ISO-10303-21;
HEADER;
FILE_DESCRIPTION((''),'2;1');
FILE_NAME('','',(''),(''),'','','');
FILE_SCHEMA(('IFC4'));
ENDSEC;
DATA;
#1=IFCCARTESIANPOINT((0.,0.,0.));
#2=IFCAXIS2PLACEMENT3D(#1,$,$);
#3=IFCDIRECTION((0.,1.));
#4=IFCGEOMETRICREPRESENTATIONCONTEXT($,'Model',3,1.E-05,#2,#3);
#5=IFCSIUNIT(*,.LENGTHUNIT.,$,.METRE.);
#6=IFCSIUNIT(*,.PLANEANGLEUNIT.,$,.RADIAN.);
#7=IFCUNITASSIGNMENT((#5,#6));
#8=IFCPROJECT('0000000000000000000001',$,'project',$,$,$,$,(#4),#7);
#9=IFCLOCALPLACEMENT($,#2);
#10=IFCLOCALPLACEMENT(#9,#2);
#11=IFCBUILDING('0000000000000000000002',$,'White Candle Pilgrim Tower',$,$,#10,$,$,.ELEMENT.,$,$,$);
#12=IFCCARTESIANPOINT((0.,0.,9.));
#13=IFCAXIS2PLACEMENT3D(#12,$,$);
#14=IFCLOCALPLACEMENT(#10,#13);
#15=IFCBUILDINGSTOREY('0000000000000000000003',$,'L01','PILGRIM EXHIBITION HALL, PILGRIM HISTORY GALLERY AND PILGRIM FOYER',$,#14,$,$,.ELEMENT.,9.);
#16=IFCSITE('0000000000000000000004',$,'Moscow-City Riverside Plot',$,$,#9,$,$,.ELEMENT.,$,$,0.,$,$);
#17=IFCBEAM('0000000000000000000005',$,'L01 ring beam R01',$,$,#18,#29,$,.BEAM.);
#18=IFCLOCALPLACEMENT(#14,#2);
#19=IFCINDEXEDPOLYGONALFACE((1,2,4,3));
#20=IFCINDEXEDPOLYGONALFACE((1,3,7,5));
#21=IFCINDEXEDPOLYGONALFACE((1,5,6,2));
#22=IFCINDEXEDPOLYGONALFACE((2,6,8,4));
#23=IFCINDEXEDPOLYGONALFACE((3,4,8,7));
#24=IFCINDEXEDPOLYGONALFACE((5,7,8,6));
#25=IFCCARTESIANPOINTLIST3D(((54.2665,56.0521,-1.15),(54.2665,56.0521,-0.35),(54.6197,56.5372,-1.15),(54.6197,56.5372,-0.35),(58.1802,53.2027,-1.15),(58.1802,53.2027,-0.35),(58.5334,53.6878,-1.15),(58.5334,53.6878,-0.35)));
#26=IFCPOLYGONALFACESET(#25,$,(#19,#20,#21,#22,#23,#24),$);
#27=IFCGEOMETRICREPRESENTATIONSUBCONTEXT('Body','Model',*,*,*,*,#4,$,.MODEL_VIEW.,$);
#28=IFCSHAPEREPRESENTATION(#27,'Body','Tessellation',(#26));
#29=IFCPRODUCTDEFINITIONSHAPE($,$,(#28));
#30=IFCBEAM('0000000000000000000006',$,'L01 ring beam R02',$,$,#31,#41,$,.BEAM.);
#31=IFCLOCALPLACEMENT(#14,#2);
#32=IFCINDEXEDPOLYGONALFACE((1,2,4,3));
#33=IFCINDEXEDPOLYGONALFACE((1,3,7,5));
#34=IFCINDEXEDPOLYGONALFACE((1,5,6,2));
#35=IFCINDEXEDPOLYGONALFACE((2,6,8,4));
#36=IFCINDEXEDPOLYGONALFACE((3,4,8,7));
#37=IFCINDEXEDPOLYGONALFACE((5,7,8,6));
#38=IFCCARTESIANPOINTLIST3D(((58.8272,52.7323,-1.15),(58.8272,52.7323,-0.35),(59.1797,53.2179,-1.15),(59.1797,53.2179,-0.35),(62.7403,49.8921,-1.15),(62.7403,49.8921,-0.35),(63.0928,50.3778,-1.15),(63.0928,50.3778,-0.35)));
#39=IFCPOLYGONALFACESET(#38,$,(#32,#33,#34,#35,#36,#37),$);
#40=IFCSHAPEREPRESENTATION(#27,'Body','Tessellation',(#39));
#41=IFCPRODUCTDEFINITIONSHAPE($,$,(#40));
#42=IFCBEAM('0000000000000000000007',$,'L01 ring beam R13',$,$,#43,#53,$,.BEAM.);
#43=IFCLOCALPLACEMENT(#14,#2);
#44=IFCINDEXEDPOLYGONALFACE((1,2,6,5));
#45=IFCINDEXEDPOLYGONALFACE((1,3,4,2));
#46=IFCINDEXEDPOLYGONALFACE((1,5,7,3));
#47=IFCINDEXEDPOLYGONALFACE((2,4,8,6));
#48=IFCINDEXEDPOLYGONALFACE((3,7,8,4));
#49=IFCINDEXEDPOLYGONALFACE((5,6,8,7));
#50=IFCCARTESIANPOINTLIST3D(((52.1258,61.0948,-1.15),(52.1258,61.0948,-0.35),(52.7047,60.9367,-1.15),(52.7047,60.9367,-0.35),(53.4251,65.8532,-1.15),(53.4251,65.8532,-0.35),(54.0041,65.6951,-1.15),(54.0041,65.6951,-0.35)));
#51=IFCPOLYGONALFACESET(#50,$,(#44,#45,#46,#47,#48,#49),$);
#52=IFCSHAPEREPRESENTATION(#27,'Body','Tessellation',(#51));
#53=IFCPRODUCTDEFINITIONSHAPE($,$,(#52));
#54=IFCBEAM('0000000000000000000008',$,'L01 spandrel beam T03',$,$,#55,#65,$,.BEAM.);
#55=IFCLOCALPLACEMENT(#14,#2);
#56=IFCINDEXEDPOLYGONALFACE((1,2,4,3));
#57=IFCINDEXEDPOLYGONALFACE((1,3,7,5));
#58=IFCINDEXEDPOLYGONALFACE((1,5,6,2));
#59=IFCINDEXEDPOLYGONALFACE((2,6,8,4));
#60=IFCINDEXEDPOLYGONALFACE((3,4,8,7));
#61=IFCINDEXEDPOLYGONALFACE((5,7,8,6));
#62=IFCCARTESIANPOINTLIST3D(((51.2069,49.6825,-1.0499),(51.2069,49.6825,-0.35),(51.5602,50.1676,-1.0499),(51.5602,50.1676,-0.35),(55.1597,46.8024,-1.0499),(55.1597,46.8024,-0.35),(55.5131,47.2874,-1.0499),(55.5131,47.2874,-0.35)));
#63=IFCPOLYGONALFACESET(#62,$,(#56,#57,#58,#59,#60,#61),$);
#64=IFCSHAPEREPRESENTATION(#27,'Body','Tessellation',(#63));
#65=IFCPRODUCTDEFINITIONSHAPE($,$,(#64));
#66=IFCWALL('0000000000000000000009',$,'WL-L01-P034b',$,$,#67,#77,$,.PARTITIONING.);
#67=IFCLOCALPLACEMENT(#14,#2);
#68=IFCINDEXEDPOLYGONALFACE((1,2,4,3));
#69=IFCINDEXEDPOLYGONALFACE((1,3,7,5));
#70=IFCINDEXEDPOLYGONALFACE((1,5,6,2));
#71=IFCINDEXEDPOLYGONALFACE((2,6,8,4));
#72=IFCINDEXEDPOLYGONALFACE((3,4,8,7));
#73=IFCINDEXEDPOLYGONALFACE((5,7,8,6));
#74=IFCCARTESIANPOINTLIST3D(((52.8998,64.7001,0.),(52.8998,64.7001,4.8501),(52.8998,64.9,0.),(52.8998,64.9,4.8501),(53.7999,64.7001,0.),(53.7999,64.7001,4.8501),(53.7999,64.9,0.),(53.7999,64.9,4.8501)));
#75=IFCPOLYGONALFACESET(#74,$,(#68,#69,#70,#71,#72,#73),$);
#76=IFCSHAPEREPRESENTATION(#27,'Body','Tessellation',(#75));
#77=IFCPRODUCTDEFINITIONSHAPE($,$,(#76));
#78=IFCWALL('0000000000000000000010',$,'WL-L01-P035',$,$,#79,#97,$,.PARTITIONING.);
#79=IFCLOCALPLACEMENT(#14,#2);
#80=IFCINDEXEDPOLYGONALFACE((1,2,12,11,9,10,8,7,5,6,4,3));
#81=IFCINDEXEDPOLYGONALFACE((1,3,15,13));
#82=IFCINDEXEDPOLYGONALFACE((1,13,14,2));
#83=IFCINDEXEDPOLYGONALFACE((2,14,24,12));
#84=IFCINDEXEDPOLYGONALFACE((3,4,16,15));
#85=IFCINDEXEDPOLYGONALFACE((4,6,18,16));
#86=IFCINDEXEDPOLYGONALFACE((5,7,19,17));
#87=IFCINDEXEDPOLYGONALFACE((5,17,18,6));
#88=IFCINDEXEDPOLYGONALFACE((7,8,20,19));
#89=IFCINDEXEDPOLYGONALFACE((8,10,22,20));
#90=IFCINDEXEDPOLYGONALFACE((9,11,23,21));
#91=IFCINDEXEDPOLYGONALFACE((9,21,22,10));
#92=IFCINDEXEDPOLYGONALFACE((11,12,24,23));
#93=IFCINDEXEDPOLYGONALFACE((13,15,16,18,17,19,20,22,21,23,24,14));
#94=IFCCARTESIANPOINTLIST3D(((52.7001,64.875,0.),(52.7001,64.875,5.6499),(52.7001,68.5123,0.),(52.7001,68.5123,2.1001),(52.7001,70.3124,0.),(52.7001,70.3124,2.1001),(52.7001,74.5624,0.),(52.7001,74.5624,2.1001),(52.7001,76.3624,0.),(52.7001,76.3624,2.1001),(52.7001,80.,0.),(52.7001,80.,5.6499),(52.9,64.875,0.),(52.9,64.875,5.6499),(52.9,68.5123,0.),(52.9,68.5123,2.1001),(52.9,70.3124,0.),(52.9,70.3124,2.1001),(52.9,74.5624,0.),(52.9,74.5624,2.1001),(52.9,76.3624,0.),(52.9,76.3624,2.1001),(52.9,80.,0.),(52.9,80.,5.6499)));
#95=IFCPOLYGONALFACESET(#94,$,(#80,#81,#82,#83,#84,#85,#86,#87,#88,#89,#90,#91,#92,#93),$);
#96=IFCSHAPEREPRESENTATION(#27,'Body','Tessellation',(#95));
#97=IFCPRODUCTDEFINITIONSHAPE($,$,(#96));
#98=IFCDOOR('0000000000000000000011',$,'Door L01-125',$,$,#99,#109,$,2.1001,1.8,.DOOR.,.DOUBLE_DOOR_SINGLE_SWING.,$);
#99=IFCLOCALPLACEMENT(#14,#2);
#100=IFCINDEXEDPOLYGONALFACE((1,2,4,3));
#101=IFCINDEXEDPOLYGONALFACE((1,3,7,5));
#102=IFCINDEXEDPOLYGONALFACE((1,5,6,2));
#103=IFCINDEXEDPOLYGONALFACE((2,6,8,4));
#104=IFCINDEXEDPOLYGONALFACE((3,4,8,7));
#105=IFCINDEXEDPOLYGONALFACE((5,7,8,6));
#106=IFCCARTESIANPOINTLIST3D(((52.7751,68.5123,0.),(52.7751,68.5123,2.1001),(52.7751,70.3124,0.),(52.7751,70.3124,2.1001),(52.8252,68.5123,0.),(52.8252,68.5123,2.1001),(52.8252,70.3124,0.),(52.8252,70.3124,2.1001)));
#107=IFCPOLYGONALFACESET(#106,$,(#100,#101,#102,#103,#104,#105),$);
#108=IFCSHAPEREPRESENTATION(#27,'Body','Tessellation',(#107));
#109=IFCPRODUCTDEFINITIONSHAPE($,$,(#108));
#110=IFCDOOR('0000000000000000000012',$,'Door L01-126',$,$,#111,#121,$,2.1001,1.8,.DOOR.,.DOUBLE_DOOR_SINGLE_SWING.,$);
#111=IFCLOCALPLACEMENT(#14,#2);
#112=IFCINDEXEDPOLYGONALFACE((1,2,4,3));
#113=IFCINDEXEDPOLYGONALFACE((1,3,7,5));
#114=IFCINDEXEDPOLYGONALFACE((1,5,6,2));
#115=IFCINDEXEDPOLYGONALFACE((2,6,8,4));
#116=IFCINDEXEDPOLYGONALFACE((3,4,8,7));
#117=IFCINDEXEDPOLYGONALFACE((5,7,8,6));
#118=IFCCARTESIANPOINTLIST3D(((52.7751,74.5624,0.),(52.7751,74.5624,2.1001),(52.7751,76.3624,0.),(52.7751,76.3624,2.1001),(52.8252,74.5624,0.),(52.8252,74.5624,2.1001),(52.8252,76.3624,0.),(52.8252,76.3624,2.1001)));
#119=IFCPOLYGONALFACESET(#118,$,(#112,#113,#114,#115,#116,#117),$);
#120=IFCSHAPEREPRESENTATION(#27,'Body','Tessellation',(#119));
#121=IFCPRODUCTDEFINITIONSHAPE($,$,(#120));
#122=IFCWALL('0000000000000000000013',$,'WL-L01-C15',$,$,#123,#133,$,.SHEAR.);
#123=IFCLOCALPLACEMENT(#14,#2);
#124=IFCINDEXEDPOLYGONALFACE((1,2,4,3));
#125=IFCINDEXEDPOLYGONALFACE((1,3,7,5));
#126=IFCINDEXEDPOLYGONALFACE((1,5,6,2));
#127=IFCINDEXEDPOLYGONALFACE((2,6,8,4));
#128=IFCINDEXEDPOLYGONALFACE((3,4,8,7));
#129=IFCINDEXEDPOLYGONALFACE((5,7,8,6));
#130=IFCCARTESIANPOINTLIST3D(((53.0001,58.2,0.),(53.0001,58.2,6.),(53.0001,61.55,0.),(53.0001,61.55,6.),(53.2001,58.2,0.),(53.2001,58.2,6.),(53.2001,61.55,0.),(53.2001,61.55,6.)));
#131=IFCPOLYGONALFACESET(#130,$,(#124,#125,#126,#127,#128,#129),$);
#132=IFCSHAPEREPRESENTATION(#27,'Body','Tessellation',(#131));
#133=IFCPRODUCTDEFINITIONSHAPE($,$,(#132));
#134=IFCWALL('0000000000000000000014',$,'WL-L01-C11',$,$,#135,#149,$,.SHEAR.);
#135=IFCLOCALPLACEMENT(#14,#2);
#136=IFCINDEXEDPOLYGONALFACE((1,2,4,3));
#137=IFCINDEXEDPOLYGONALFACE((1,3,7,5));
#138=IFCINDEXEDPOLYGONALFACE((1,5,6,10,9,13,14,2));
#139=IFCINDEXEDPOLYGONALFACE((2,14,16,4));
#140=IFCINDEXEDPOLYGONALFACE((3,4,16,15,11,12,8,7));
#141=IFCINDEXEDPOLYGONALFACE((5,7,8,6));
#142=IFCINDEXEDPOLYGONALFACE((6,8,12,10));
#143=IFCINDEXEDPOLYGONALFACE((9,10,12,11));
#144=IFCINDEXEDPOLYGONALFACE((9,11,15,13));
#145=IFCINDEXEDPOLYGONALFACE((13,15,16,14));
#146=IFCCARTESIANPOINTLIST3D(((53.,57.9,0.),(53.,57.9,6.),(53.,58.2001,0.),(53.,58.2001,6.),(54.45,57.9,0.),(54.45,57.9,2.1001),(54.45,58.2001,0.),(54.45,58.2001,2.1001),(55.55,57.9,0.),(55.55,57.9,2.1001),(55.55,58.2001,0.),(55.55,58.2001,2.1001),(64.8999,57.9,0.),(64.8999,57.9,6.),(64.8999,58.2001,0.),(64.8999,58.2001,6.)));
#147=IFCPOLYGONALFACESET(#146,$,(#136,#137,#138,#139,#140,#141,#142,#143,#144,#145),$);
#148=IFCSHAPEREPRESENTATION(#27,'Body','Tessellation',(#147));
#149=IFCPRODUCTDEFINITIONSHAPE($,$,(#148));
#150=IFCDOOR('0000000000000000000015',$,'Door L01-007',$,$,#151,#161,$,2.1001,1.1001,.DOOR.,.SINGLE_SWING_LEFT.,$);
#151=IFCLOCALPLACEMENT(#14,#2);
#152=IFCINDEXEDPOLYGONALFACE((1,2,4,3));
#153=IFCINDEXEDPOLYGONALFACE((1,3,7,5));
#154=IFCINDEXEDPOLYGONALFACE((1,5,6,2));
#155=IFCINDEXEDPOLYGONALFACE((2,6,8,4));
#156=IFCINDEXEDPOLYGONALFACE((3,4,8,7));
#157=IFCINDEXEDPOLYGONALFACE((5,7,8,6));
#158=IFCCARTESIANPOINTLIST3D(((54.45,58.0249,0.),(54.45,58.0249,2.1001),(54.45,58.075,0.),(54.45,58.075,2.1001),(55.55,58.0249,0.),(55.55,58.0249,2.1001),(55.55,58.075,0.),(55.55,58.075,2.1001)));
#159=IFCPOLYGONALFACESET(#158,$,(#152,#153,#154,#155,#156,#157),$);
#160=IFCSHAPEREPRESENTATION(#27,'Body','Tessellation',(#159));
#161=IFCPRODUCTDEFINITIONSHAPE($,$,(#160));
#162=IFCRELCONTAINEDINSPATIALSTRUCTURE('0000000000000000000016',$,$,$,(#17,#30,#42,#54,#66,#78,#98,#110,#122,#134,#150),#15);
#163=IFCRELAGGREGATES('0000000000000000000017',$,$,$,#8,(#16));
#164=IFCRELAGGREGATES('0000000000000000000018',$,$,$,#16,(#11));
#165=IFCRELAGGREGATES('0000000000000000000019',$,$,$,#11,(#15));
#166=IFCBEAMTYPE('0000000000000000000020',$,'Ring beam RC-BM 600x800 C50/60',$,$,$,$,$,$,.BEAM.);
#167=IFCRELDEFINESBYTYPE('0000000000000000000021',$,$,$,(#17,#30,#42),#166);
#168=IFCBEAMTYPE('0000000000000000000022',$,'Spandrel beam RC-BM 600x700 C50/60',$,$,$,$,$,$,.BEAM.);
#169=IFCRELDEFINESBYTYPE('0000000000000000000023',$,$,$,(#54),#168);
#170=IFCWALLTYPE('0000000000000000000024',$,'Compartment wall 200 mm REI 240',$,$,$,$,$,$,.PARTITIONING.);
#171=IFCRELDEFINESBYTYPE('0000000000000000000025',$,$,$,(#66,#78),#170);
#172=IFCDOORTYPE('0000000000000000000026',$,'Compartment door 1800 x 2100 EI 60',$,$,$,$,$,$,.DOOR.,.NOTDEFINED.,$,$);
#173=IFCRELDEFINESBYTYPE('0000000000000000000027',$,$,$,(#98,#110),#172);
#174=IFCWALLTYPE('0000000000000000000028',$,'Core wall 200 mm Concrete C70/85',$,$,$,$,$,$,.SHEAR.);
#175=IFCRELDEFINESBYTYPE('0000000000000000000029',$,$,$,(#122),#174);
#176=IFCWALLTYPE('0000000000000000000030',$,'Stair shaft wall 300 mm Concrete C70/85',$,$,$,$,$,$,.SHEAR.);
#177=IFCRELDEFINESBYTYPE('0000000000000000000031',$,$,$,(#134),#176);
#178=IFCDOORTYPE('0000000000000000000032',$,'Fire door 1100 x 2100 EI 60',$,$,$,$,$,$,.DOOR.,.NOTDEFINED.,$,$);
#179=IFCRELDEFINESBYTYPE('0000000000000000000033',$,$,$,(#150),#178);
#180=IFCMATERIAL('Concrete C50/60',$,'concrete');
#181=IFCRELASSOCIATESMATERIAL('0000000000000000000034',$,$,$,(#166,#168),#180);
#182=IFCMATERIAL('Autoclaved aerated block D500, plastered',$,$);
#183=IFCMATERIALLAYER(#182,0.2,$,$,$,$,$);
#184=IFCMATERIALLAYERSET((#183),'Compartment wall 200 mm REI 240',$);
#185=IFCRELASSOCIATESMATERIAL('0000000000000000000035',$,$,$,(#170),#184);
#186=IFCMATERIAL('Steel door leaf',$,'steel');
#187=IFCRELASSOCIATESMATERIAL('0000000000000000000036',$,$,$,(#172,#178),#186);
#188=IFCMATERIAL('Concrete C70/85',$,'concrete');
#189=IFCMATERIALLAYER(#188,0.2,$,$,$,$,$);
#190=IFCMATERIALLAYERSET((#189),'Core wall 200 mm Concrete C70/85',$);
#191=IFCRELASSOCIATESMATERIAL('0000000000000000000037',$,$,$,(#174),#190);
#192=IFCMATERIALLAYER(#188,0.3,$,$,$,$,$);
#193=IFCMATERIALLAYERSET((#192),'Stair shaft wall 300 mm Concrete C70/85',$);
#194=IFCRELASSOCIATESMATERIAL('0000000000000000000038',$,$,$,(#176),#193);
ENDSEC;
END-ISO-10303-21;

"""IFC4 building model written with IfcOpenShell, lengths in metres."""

from ifc_helpers import new_model, si_unit, direction, frame, frame_2d, origin, origin_2d, place, context, subcontext, project, spatial, rectangle, extrude, material, layer, layer_set, material_profile, profile_set, type_object, element, fill, save


model = new_model("IFC4")

# Units and contexts
model_context = context("Model", 3, precision=1e-05, world=origin(), true_north=direction((0.0, 1.0)))
body_context = subcontext(model_context, "Body", "Model", "MODEL_VIEW")
ifc_project = project(units=[si_unit("LENGTHUNIT", "METRE"), si_unit("PLANEANGLEUNIT", "RADIAN")], contexts=[model_context])

# Site, building, storey
site_placement = place(None, origin())
site = spatial("IfcSite", under=ifc_project, at=site_placement, Name="Moscow-City Riverside Plot", CompositionType="ELEMENT", RefElevation=0.0)
building_placement = place(site_placement, origin())
building = spatial("IfcBuilding", under=site, at=building_placement, Name="White Candle Pilgrim Tower", CompositionType="ELEMENT")
storey_placement = place(building_placement, frame((0.0, 0.0, 9.0)))
storey = spatial("IfcBuildingStorey", under=building, at=storey_placement, Name="L01", Description="PILGRIM EXHIBITION HALL, PILGRIM HISTORY GALLERY AND PILGRIM FOYER", CompositionType="ELEMENT", Elevation=9.0)

# Beams
ifc_material_1 = material(Name="Concrete C50/60", Category="concrete")
ifc_material_profile_1 = material_profile(ifc_material_1, rectangle(XDim=0.6001, YDim=0.8, at=origin_2d()), Name="RC-BM 600x800")
ifc_profile_set_1 = profile_set([ifc_material_profile_1], Name="Concrete C50/60")
beam_type_1 = type_object("IfcBeamType", Name="Ring beam RC-BM 600x800 C50/60", PredefinedType="BEAM", material=ifc_profile_set_1)
beam_1_placement = place(storey_placement, frame((54.4431, 56.2947, -0.75), z_axis=(0.808428, -0.588594, 0.0), x_axis=(0.588594, 0.808428, 0.0)))
element("IfcBeam", 1, at=beam_1_placement, inside=storey, type_object=beam_type_1, Name="L01 ring beam R01", PredefinedType="BEAM", context=body_context, shape_type="SweptSolid", body=[
    extrude(rectangle(XDim=0.6001, YDim=0.8, at=origin_2d()), origin(), (0.0, 0.0, 1.0), 4.8411),
])
beam_2_placement = place(storey_placement, frame((59.0034, 52.9751, -0.75), z_axis=(0.809306, -0.587388, 0.0), x_axis=(0.587388, 0.809306, 0.0)))
element("IfcBeam", 2, at=beam_2_placement, inside=storey, type_object=beam_type_1, Name="L01 ring beam R02", PredefinedType="BEAM", context=body_context, shape_type="SweptSolid", body=[
    extrude(rectangle(XDim=0.6001, YDim=0.8, at=origin_2d()), origin(), (0.0, 0.0, 1.0), 4.8352),
])
beam_3_placement = place(storey_placement, frame((53.7146, 65.7742, -0.75), z_axis=(-0.263419, -0.964682, 0.0), x_axis=(0.964682, -0.263419, 0.0)))
element("IfcBeam", 3, at=beam_3_placement, inside=storey, type_object=beam_type_1, Name="L01 ring beam R13", PredefinedType="BEAM", context=body_context, shape_type="SweptSolid", body=[
    extrude(rectangle(XDim=0.6001, YDim=0.8, at=origin_2d()), origin(), (0.0, 0.0, 1.0), 4.9326),
])
ifc_material_profile_2 = material_profile(ifc_material_1, rectangle(XDim=0.6001, YDim=0.7, at=origin_2d()), Name="RC-BM 600x700")
ifc_profile_set_2 = profile_set([ifc_material_profile_2], Name="Concrete C50/60")
beam_type_2 = type_object("IfcBeamType", Name="Spandrel beam RC-BM 600x700 C50/60", PredefinedType="BEAM", material=ifc_profile_set_2)
beam_4_placement = place(storey_placement, frame((51.3835, 49.925, -0.7), z_axis=(0.80822, -0.588881, 0.0), x_axis=(0.588881, 0.80822, 0.0)))
element("IfcBeam", 4, at=beam_4_placement, inside=storey, type_object=beam_type_2, Name="L01 spandrel beam T03", PredefinedType="BEAM", context=body_context, shape_type="SweptSolid", body=[
    extrude(rectangle(XDim=0.6001, YDim=0.7, at=origin_2d()), origin(), (0.0, 0.0, 1.0), 4.8909),
])

# Wall
ifc_material_2 = material(Name="Autoclaved aerated block D500, plastered")
ifc_layer_1 = layer(ifc_material_2, 0.2)
ifc_layer_set_1 = layer_set([ifc_layer_1], Name="Compartment wall 200 mm REI 240")
wall_type_1 = type_object("IfcWallType", Name="Compartment wall 200 mm REI 240", PredefinedType="PARTITIONING", material=ifc_layer_set_1)
wall_1_placement = place(storey_placement, frame((53.8, 64.8, 0.0), z_axis=(0.0, 0.0, 1.0), x_axis=(-1.0, 0.0, 0.0)))
element("IfcWall", 5, at=wall_1_placement, inside=storey, type_object=wall_type_1, Name="WL-L01-P034b", PredefinedType="PARTITIONING", context=body_context, shape_type="SweptSolid", body=[
    extrude(rectangle(XDim=0.9001, YDim=0.2, at=frame_2d((0.4502, 0.0))), origin(), (0.0, 0.0, 1.0), 4.8501),
])

# Wall, openings, doors
wall_2_placement = place(storey_placement, frame((52.8, 64.875, 0.0), z_axis=(0.0, 0.0, 1.0), x_axis=(0.0, 1.0, 0.0)))
wall_2 = element("IfcWall", 6, at=wall_2_placement, inside=storey, type_object=wall_type_1, Name="WL-L01-P035", PredefinedType="PARTITIONING", context=body_context, shape_type="SweptSolid", body=[
    extrude(rectangle(XDim=15.125, YDim=0.2, at=frame_2d((7.5625, 0.0))), origin(), (0.0, 0.0, 1.0), 5.6499),
])
opening_1_placement = place(wall_2_placement, frame((3.6375, 0.0, 0.0)))
opening_1 = element("IfcOpeningElement", 7, at=opening_1_placement, cuts=wall_2, PredefinedType="OPENING", context=body_context, shape_type="SweptSolid", body=[
    extrude(rectangle(XDim=1.8, YDim=2.1001, at=frame_2d((0.8999, 1.05))), frame((0.0, 0.1099, 0.0), z_axis=(0.0, -1.0, 0.0), x_axis=(1.0, 0.0, 0.0)), (0.0, 0.0, 1.0), 0.22),
])
opening_2_placement = place(wall_2_placement, frame((9.6875, 0.0, 0.0)))
opening_2 = element("IfcOpeningElement", 8, at=opening_2_placement, cuts=wall_2, PredefinedType="OPENING", context=body_context, shape_type="SweptSolid", body=[
    extrude(rectangle(XDim=1.8, YDim=2.1001, at=frame_2d((0.8999, 1.05))), frame((0.0, 0.1099, 0.0), z_axis=(0.0, -1.0, 0.0), x_axis=(1.0, 0.0, 0.0)), (0.0, 0.0, 1.0), 0.22),
])
ifc_material_3 = material(Name="Steel door leaf", Category="steel")
door_type_1 = type_object("IfcDoorType", Name="Compartment door 1800 x 2100 EI 60", OperationType="NOTDEFINED", PredefinedType="DOOR", material=ifc_material_3)
door_1_placement = place(opening_1_placement, origin())
door_1 = element("IfcDoor", 9, at=door_1_placement, inside=storey, type_object=door_type_1, Name="Door L01-125", OperationType="DOUBLE_DOOR_SINGLE_SWING", OverallHeight=2.1001, OverallWidth=1.8, PredefinedType="DOOR", context=body_context, shape_type="SweptSolid", body=[
    extrude(rectangle(XDim=1.8, YDim=2.1001, at=frame_2d((0.8999, 1.05))), frame((0.0, 0.0249, 0.0), z_axis=(0.0, -1.0, 0.0), x_axis=(1.0, 0.0, 0.0)), (0.0, 0.0, 1.0), 0.05),
])
fill(opening_1, door_1)
door_2_placement = place(opening_2_placement, origin())
door_2 = element("IfcDoor", 10, at=door_2_placement, inside=storey, type_object=door_type_1, Name="Door L01-126", OperationType="DOUBLE_DOOR_SINGLE_SWING", OverallHeight=2.1001, OverallWidth=1.8, PredefinedType="DOOR", context=body_context, shape_type="SweptSolid", body=[
    extrude(rectangle(XDim=1.8, YDim=2.1001, at=frame_2d((0.8999, 1.05))), frame((0.0, 0.0249, 0.0), z_axis=(0.0, -1.0, 0.0), x_axis=(1.0, 0.0, 0.0)), (0.0, 0.0, 1.0), 0.05),
])
fill(opening_2, door_2)

# Wall
ifc_material_4 = material(Name="Concrete C70/85", Category="concrete")
ifc_layer_2 = layer(ifc_material_4, 0.2)
ifc_layer_set_2 = layer_set([ifc_layer_2], Name="Core wall 200 mm Concrete C70/85")
wall_type_2 = type_object("IfcWallType", Name="Core wall 200 mm Concrete C70/85", PredefinedType="SHEAR", material=ifc_layer_set_2)
wall_3_placement = place(storey_placement, frame((53.1001, 58.2, 0.0), z_axis=(0.0, 0.0, 1.0), x_axis=(0.0, 1.0, 0.0)))
element("IfcWall", 11, at=wall_3_placement, inside=storey, type_object=wall_type_2, Name="WL-L01-C15", PredefinedType="SHEAR", context=body_context, shape_type="SweptSolid", body=[
    extrude(rectangle(XDim=3.3501, YDim=0.2, at=frame_2d((1.675, 0.0))), origin(), (0.0, 0.0, 1.0), 6.0),
])

# Wall, opening, door
ifc_layer_3 = layer(ifc_material_4, 0.3)
ifc_layer_set_3 = layer_set([ifc_layer_3], Name="Stair shaft wall 300 mm Concrete C70/85")
wall_type_3 = type_object("IfcWallType", Name="Stair shaft wall 300 mm Concrete C70/85", PredefinedType="SHEAR", material=ifc_layer_set_3)
wall_4_placement = place(storey_placement, frame((53.0, 58.05, 0.0), z_axis=(0.0, 0.0, 1.0), x_axis=(1.0, 0.0, 0.0)))
wall_4 = element("IfcWall", 12, at=wall_4_placement, inside=storey, type_object=wall_type_3, Name="WL-L01-C11", PredefinedType="SHEAR", context=body_context, shape_type="SweptSolid", body=[
    extrude(rectangle(XDim=11.8999, YDim=0.3, at=frame_2d((5.95, 0.0))), origin(), (0.0, 0.0, 1.0), 6.0),
])
opening_3_placement = place(wall_4_placement, frame((1.45, 0.0, 0.0)))
opening_3 = element("IfcOpeningElement", 13, at=opening_3_placement, cuts=wall_4, PredefinedType="OPENING", context=body_context, shape_type="SweptSolid", body=[
    extrude(rectangle(XDim=1.1001, YDim=2.1001, at=frame_2d((0.55, 1.05))), frame((0.0, 0.1599, 0.0), z_axis=(0.0, -1.0, 0.0), x_axis=(1.0, 0.0, 0.0)), (0.0, 0.0, 1.0), 0.3201),
])
door_type_2 = type_object("IfcDoorType", Name="Fire door 1100 x 2100 EI 60", OperationType="NOTDEFINED", PredefinedType="DOOR", material=ifc_material_3)
door_3_placement = place(opening_3_placement, origin())
door_3 = element("IfcDoor", 14, at=door_3_placement, inside=storey, type_object=door_type_2, Name="Door L01-007", OperationType="SINGLE_SWING_LEFT", OverallHeight=2.1001, OverallWidth=1.1001, PredefinedType="DOOR", context=body_context, shape_type="SweptSolid", body=[
    extrude(rectangle(XDim=1.1001, YDim=2.1001, at=frame_2d((0.55, 1.05))), frame((0.0, 0.0249, 0.0), z_axis=(0.0, -1.0, 0.0), x_axis=(1.0, 0.0, 0.0)), (0.0, 0.0, 1.0), 0.05),
])
fill(opening_3, door_3)

save(model, "model.ifc")
